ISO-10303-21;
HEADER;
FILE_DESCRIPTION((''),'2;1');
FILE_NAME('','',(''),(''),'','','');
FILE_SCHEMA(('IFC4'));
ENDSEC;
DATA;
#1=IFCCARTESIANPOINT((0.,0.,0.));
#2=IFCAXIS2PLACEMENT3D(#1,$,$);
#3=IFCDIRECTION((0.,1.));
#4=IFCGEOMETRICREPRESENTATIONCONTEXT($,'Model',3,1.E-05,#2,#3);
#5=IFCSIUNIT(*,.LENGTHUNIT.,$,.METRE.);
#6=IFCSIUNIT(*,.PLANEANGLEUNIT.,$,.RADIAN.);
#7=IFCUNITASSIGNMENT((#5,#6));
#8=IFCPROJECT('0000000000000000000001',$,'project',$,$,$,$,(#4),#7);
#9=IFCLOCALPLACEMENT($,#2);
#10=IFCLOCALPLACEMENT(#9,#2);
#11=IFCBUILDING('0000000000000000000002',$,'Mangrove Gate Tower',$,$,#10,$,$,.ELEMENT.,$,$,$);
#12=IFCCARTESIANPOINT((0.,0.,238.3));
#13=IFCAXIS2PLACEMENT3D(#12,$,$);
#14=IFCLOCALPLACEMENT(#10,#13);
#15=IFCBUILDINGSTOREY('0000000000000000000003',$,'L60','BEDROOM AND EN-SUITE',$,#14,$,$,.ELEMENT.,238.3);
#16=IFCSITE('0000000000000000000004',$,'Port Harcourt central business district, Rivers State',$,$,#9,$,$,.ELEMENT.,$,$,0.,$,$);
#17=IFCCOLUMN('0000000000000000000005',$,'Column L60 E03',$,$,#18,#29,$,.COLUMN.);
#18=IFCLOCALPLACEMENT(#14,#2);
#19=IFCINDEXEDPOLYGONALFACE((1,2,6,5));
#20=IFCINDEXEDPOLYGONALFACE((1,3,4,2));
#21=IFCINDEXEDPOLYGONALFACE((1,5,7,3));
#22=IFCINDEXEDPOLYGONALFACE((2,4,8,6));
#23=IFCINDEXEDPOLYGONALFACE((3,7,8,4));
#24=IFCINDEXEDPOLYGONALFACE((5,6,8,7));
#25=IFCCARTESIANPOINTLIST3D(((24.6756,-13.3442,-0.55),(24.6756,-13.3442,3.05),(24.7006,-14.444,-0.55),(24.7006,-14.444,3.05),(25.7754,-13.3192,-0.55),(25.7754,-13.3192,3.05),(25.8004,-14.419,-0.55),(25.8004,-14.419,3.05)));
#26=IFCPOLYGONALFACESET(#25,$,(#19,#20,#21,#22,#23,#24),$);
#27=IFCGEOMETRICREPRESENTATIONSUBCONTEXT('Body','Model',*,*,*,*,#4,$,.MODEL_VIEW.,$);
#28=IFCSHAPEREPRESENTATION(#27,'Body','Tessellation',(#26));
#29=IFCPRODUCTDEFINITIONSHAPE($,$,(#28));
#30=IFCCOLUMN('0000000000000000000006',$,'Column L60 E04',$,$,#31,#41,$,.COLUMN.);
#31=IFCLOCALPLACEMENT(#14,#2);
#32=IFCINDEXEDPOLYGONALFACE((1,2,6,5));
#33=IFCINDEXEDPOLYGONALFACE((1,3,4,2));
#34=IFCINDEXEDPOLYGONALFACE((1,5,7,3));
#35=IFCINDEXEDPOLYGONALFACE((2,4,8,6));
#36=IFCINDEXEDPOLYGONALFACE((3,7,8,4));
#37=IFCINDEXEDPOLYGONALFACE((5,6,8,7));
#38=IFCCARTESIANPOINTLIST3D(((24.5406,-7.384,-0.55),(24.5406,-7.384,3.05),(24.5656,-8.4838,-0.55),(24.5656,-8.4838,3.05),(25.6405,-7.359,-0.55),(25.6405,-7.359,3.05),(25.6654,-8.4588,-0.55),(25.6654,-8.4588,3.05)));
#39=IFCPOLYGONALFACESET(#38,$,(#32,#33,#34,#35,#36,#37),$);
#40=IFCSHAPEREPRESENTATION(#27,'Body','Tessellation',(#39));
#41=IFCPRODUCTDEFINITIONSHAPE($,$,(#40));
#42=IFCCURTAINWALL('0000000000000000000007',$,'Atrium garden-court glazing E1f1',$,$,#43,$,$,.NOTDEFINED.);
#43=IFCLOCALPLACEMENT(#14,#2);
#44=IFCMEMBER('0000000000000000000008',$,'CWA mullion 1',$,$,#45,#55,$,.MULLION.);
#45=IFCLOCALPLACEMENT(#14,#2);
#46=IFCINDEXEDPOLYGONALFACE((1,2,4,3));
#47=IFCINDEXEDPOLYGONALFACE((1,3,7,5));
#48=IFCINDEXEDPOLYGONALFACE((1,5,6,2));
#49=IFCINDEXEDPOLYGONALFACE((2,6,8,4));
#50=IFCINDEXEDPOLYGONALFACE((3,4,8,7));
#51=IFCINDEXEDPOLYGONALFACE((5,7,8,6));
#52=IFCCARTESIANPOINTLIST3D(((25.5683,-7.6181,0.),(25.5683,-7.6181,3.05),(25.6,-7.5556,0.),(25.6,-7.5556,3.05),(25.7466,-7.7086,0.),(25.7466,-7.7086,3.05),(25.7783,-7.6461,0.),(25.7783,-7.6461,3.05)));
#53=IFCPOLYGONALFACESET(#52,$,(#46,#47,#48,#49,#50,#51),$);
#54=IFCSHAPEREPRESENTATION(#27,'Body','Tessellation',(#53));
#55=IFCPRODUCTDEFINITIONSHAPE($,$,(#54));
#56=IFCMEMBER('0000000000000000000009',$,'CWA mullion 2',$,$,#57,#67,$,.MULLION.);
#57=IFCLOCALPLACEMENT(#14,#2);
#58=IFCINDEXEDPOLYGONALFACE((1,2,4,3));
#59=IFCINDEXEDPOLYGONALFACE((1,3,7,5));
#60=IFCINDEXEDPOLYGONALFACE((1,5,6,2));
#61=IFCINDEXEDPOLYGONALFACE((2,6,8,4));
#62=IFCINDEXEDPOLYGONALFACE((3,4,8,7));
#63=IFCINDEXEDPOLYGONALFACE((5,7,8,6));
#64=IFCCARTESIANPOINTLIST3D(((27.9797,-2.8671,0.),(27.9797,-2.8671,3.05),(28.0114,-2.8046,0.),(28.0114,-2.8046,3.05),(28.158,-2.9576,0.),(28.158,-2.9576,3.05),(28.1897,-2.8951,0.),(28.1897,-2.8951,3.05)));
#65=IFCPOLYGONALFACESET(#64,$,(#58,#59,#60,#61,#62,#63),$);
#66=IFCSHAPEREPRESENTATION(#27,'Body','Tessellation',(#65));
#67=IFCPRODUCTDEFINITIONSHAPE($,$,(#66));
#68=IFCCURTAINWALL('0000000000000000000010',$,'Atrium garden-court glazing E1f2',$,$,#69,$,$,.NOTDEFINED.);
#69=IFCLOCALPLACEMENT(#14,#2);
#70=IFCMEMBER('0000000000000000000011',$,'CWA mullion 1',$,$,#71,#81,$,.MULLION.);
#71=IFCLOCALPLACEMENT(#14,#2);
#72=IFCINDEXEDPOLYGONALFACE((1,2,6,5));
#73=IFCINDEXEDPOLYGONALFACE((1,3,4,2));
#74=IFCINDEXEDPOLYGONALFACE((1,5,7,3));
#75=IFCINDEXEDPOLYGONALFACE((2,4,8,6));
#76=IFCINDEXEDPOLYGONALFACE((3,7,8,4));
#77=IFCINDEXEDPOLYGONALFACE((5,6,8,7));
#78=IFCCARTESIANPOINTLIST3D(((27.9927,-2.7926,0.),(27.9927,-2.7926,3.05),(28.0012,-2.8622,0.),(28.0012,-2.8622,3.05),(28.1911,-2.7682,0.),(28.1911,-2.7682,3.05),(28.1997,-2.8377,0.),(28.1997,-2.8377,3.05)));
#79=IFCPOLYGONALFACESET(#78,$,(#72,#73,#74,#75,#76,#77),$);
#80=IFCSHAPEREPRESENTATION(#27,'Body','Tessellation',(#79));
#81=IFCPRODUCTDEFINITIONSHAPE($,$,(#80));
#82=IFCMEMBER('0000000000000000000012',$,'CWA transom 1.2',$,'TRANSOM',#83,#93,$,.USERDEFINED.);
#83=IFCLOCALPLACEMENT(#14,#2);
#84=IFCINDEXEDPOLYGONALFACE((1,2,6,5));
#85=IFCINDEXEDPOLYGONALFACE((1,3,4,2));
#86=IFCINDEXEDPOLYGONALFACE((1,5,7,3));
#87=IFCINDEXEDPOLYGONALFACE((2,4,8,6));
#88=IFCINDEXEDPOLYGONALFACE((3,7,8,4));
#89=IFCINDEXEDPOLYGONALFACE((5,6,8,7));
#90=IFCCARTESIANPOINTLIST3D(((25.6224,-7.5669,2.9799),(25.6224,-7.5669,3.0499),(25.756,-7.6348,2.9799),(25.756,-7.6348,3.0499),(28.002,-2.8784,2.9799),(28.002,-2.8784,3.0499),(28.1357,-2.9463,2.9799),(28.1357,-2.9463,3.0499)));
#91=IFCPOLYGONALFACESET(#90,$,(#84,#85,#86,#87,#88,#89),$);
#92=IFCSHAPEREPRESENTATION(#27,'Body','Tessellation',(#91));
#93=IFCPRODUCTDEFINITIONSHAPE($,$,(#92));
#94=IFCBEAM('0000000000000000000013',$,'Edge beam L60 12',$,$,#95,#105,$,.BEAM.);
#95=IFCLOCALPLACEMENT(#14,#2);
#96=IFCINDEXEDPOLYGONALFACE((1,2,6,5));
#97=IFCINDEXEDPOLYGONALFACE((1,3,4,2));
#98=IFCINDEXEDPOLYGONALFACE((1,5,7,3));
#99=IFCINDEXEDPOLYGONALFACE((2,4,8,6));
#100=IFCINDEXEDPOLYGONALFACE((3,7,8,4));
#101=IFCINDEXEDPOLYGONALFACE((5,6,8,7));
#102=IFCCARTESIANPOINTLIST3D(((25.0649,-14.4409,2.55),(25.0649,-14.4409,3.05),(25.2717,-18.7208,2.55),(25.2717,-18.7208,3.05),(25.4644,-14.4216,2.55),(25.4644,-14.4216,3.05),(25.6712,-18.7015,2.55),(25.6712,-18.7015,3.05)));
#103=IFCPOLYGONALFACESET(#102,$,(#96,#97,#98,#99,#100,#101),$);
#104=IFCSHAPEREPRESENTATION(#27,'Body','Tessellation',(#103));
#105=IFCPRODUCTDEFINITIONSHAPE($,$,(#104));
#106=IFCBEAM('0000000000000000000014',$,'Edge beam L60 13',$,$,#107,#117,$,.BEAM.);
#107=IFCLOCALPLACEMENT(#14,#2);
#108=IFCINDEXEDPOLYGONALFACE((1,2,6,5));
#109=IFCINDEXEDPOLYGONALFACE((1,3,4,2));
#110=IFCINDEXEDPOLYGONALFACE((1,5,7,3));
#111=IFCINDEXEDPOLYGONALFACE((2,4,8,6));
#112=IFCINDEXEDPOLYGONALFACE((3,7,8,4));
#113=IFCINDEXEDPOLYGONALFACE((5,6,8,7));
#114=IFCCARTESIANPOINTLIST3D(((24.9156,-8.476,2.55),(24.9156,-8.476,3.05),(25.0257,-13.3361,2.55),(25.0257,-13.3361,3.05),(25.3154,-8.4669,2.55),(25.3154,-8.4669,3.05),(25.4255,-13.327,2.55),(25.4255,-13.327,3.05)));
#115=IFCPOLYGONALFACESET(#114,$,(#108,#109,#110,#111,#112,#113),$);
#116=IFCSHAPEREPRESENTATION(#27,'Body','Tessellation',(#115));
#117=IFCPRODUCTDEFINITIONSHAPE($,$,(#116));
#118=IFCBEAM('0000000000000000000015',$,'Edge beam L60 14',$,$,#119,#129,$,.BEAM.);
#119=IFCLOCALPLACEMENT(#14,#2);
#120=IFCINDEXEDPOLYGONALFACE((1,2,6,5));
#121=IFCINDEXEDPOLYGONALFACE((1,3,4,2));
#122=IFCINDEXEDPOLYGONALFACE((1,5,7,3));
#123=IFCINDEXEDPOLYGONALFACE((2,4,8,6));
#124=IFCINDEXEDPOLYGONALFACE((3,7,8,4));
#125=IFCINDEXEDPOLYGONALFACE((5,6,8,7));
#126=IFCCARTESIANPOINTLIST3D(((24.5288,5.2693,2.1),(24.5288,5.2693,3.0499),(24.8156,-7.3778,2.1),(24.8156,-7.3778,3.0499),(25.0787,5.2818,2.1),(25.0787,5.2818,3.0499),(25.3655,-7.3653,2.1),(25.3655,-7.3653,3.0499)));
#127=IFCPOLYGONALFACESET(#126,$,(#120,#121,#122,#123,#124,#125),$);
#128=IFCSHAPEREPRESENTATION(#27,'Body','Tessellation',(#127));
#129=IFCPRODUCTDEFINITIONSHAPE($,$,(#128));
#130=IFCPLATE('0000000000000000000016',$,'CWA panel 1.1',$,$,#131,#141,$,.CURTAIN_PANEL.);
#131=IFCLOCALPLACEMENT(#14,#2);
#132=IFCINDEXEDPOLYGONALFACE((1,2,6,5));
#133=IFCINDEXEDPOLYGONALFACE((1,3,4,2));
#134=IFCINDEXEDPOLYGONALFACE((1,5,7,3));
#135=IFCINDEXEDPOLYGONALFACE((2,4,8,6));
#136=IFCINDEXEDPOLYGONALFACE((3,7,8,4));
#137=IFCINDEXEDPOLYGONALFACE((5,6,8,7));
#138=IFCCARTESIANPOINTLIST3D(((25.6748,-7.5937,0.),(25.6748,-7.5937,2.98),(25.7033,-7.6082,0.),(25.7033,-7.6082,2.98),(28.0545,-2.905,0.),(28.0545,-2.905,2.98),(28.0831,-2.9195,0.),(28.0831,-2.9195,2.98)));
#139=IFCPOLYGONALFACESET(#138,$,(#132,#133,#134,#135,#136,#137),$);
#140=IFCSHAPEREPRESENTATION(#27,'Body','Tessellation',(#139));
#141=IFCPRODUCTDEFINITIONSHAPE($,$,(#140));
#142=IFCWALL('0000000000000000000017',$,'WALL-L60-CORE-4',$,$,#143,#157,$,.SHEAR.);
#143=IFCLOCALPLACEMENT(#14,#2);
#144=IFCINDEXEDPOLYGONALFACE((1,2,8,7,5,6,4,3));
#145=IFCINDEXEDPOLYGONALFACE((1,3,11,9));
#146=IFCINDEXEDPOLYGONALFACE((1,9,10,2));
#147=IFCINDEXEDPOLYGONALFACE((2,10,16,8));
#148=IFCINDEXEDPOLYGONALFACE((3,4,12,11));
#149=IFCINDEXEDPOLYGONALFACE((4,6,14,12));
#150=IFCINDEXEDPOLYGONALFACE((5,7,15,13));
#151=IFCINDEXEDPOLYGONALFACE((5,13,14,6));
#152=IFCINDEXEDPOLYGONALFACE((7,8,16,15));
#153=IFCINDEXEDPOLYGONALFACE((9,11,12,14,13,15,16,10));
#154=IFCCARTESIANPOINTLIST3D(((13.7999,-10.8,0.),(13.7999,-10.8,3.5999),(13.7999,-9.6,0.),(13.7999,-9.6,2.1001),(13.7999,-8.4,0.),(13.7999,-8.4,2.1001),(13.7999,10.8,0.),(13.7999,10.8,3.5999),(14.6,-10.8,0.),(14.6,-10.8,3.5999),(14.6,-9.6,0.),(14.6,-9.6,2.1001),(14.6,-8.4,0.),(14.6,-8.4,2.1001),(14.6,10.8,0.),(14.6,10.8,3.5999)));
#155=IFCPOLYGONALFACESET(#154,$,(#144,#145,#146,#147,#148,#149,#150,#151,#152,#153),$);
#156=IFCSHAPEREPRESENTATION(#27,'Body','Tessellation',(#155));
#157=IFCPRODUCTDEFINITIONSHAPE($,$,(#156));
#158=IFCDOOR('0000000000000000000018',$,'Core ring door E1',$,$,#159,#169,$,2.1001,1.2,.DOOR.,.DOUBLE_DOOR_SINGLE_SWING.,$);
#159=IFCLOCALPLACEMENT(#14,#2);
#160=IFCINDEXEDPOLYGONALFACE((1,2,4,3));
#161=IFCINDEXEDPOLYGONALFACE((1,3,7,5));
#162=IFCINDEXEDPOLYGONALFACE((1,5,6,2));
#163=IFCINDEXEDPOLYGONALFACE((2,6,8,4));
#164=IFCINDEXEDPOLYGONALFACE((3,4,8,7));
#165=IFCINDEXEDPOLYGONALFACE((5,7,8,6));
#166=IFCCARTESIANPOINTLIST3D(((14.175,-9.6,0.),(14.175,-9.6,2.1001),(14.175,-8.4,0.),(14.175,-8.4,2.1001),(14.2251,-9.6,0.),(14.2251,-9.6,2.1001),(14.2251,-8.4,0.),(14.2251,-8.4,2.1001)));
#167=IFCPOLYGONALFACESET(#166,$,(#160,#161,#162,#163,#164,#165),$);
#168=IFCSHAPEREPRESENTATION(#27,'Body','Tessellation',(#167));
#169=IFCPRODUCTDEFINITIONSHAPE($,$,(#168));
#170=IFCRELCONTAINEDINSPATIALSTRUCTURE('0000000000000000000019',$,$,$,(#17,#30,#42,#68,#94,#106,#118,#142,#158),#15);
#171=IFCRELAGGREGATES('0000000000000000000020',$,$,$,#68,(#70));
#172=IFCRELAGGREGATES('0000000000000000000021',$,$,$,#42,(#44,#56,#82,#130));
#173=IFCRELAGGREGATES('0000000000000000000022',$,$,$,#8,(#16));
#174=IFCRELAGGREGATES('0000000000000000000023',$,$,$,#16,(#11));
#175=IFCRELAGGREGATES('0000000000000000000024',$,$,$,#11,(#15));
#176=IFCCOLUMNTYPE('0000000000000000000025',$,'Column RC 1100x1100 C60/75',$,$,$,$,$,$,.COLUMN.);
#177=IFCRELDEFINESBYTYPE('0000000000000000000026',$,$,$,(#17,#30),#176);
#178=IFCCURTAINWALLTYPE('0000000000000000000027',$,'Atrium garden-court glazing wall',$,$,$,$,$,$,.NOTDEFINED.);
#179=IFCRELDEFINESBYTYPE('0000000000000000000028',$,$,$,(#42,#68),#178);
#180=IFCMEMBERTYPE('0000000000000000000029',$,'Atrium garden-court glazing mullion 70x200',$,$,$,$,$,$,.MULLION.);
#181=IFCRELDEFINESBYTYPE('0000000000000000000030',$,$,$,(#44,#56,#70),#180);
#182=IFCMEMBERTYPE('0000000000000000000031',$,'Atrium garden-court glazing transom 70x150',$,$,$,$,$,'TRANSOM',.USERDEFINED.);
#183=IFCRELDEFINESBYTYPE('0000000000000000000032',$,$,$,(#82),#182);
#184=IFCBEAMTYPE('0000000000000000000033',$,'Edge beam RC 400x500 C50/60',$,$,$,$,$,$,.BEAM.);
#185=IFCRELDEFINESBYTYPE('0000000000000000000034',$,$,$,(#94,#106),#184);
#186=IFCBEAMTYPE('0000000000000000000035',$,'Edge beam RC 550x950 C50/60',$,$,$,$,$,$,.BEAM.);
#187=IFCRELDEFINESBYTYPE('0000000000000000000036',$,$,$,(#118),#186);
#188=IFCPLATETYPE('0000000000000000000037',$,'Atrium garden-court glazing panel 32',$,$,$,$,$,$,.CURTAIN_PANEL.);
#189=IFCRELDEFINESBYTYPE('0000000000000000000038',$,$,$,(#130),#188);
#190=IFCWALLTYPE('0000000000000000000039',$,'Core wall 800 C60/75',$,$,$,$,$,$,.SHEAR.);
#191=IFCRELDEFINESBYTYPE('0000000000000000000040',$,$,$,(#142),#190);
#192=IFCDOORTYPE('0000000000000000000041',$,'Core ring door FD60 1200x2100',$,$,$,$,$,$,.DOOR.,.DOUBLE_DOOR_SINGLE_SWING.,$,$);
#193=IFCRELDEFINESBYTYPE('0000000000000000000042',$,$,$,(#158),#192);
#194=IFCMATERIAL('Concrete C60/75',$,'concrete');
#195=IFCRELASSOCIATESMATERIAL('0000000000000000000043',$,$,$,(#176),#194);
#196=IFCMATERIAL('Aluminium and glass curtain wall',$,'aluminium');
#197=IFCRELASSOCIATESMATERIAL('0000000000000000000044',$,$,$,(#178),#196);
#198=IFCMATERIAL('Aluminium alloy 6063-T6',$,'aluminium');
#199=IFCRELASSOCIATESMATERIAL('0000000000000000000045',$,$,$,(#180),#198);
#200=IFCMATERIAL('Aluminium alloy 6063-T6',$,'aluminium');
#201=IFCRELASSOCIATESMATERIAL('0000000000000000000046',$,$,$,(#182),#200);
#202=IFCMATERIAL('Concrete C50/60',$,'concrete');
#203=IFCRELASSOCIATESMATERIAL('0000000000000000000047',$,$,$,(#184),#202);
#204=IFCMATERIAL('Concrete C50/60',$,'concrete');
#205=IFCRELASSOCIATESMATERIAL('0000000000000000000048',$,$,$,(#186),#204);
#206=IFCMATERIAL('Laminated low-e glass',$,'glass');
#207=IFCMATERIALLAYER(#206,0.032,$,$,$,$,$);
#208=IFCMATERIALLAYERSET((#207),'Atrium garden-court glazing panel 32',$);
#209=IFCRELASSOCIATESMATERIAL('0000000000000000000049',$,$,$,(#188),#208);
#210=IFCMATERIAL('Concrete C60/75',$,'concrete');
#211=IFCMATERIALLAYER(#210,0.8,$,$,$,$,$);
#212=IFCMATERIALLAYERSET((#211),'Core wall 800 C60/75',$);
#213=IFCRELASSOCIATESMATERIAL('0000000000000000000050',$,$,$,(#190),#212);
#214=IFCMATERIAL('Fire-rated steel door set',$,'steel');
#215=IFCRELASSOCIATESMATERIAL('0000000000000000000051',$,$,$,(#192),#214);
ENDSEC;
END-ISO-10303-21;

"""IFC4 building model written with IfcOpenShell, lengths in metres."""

from ifc_helpers import new_model, si_unit, direction, frame, frame_2d, origin, origin_2d, place, context, subcontext, project, spatial, rectangle, extrude, material, layer, layer_set, material_profile, profile_set, type_object, element, fill, aggregate, save


model = new_model("IFC4")

# Units and contexts
model_context = context("Model", 3, precision=1e-05, world=origin(), true_north=direction((0.0, 1.0)))
body_context = subcontext(model_context, "Body", "Model", "MODEL_VIEW")
ifc_project = project(units=[si_unit("LENGTHUNIT", "METRE"), si_unit("PLANEANGLEUNIT", "RADIAN")], contexts=[model_context])

# Site, building, storey
site_placement = place(None, origin())
site = spatial("IfcSite", under=ifc_project, at=site_placement, Name="Port Harcourt central business district, Rivers State", CompositionType="ELEMENT", RefElevation=0.0)
building_placement = place(site_placement, origin())
building = spatial("IfcBuilding", under=site, at=building_placement, Name="Mangrove Gate Tower", CompositionType="ELEMENT")
storey_placement = place(building_placement, frame((0.0, 0.0, 238.3)))
storey = spatial("IfcBuildingStorey", under=building, at=storey_placement, Name="L60", Description="BEDROOM AND EN-SUITE", CompositionType="ELEMENT", Elevation=238.3)

# Columns
ifc_material_1 = material(Name="Concrete C60/75", Category="concrete")
ifc_material_profile_1 = material_profile(ifc_material_1, rectangle(XDim=1.1001, YDim=1.1001, at=origin_2d()))
ifc_profile_set_1 = profile_set([ifc_material_profile_1], Name="Concrete C60/75")
column_type = type_object("IfcColumnType", Name="Column RC 1100x1100 C60/75", PredefinedType="COLUMN", material=ifc_profile_set_1)
for number, where, z_axis, x_axis, name in (
    (1, (25.238, -13.8816, -0.55), (0.0, 0.0, 1.0), (-0.022727, 0.999742, 0.0), "Column L60 E03"),
    (2, (25.103, -7.9214, -0.55), (0.0, 0.0, 1.0), (-0.022676, 0.999743, 0.0), "Column L60 E04"),
):
    element("IfcColumn", number, at=place(storey_placement, frame(where, z_axis=z_axis, x_axis=x_axis)), inside=storey, type_object=column_type, Name=name, PredefinedType="COLUMN", context=body_context, shape_type="SweptSolid", body=[
        extrude(rectangle(XDim=1.1001, YDim=1.1001, at=origin_2d()), origin(), (0.0, 0.0, 1.0), 3.6001),
    ])

# Curtain wall, members
ifc_material_2 = material(Name="Aluminium and glass curtain wall", Category="aluminium")
curtain_wall_type = type_object("IfcCurtainWallType", Name="Atrium garden-court glazing wall", PredefinedType="NOTDEFINED", material=ifc_material_2)
curtain_wall_1_placement = place(storey_placement, origin())
curtain_wall_1 = element("IfcCurtainWall", 3, at=curtain_wall_1_placement, inside=storey, type_object=curtain_wall_type, Name="Atrium garden-court glazing E1f1", PredefinedType="NOTDEFINED")
ifc_material_3 = material(Name="Aluminium alloy 6063-T6", Category="aluminium")
ifc_material_profile_2 = material_profile(ifc_material_3, rectangle(XDim=0.0701, YDim=0.2, at=origin_2d()))
ifc_profile_set_2 = profile_set([ifc_material_profile_2], Name="Aluminium alloy 6063-T6")
member_type_1 = type_object("IfcMemberType", Name="Atrium garden-court glazing mullion 70x200", PredefinedType="MULLION", material=ifc_profile_set_2)
member_1_placement = place(storey_placement, frame((25.6733, -7.6321, 0.0), z_axis=(0.0, 0.0, 1.0), x_axis=(0.452598, 0.891715, 0.0)))
member_1 = element("IfcMember", 4, at=member_1_placement, type_object=member_type_1, Name="CWA mullion 1", PredefinedType="MULLION", context=body_context, shape_type="SweptSolid", body=[
    extrude(rectangle(XDim=0.0701, YDim=0.2, at=origin_2d()), origin(), (0.0, 0.0, 1.0), 3.05),
])
member_2_placement = place(storey_placement, frame((28.0847, -2.8811, 0.0), z_axis=(0.0, 0.0, 1.0), x_axis=(0.452598, 0.891715, 0.0)))
member_2 = element("IfcMember", 5, at=member_2_placement, type_object=member_type_1, Name="CWA mullion 2", PredefinedType="MULLION", context=body_context, shape_type="SweptSolid", body=[
    extrude(rectangle(XDim=0.0701, YDim=0.2, at=origin_2d()), origin(), (0.0, 0.0, 1.0), 3.05),
])

# Curtain wall, member
curtain_wall_2_placement = place(storey_placement, origin())
curtain_wall_2 = element("IfcCurtainWall", 6, at=curtain_wall_2_placement, inside=storey, type_object=curtain_wall_type, Name="Atrium garden-court glazing E1f2", PredefinedType="NOTDEFINED")
member_3_placement = place(storey_placement, frame((28.0962, -2.8152, 0.0), z_axis=(0.0, 0.0, 1.0), x_axis=(-0.122172, 0.992509, 0.0)))
member_3 = element("IfcMember", 7, at=member_3_placement, type_object=member_type_1, Name="CWA mullion 1", PredefinedType="MULLION", context=body_context, shape_type="SweptSolid", body=[
    extrude(rectangle(XDim=0.0701, YDim=0.2, at=origin_2d()), origin(), (0.0, 0.0, 1.0), 3.05),
])
aggregate(curtain_wall_2, [member_3])

# Member
ifc_material_4 = material(Name="Aluminium alloy 6063-T6", Category="aluminium")
ifc_material_profile_3 = material_profile(ifc_material_4, rectangle(XDim=0.0701, YDim=0.1499, at=origin_2d()))
ifc_profile_set_3 = profile_set([ifc_material_profile_3], Name="Aluminium alloy 6063-T6")
member_type_2 = type_object("IfcMemberType", Name="Atrium garden-court glazing transom 70x150", ElementType="TRANSOM", PredefinedType="USERDEFINED", material=ifc_profile_set_3)
member_4_placement = place(storey_placement, frame((25.6892, -7.6008, 3.0149), z_axis=(0.452592, 0.891718, 0.0), x_axis=(0.0, 0.0, 1.0)))
member_4 = element("IfcMember", 8, at=member_4_placement, type_object=member_type_2, Name="CWA transom 1.2", ObjectType="TRANSOM", PredefinedType="USERDEFINED", context=body_context, shape_type="SweptSolid", body=[
    extrude(rectangle(XDim=0.0701, YDim=0.1499, at=origin_2d()), origin(), (0.0, 0.0, 1.0), 5.2578),
])

# Beams
ifc_material_5 = material(Name="Concrete C50/60", Category="concrete")
ifc_material_profile_4 = material_profile(ifc_material_5, rectangle(XDim=0.3999, YDim=0.5, at=origin_2d()))
ifc_profile_set_4 = profile_set([ifc_material_profile_4], Name="Concrete C50/60")
beam_type_1 = type_object("IfcBeamType", Name="Edge beam RC 400x500 C50/60", PredefinedType="BEAM", material=ifc_profile_set_4)
beam_1_placement = place(storey_placement, frame((25.4714, -18.7112, 2.8), z_axis=(-0.048258, 0.998835, 0.0), x_axis=(-0.998835, -0.048258, 0.0)))
element("IfcBeam", 9, at=beam_1_placement, inside=storey, type_object=beam_type_1, Name="Edge beam L60 12", PredefinedType="BEAM", context=body_context, shape_type="SweptSolid", body=[
    extrude(rectangle(XDim=0.3999, YDim=0.5, at=origin_2d()), origin(), (0.0, 0.0, 1.0), 4.2849),
])
beam_2_placement = place(storey_placement, frame((25.2256, -13.3315, 2.8), z_axis=(-0.02265, 0.999743, 0.0), x_axis=(-0.999743, -0.02265, 0.0)))
element("IfcBeam", 10, at=beam_2_placement, inside=storey, type_object=beam_type_1, Name="Edge beam L60 13", PredefinedType="BEAM", context=body_context, shape_type="SweptSolid", body=[
    extrude(rectangle(XDim=0.3999, YDim=0.5, at=origin_2d()), origin(), (0.0, 0.0, 1.0), 4.8613),
])
ifc_material_6 = material(Name="Concrete C50/60", Category="concrete")
ifc_material_profile_5 = material_profile(ifc_material_6, rectangle(XDim=0.55, YDim=0.95, at=origin_2d()))
ifc_profile_set_5 = profile_set([ifc_material_profile_5], Name="Concrete C50/60")
beam_type_2 = type_object("IfcBeamType", Name="Edge beam RC 550x950 C50/60", PredefinedType="BEAM", material=ifc_profile_set_5)
beam_3_placement = place(storey_placement, frame((25.0906, -7.3716, 2.575), z_axis=(-0.022676, 0.999743, 0.0), x_axis=(-0.999743, -0.022676, 0.0)))
element("IfcBeam", 11, at=beam_3_placement, inside=storey, type_object=beam_type_2, Name="Edge beam L60 14", PredefinedType="BEAM", context=body_context, shape_type="SweptSolid", body=[
    extrude(rectangle(XDim=0.55, YDim=0.95, at=origin_2d()), origin(), (0.0, 0.0, 1.0), 12.6504),
])

# Plate
ifc_material_7 = material(Name="Laminated low-e glass", Category="glass")
ifc_layer_1 = layer(ifc_material_7, 0.032)
ifc_layer_set_1 = layer_set([ifc_layer_1], Name="Atrium garden-court glazing panel 32")
plate_type = type_object("IfcPlateType", Name="Atrium garden-court glazing panel 32", PredefinedType="CURTAIN_PANEL", material=ifc_layer_set_1)
plate_placement = place(storey_placement, frame((26.8789, -5.2566, 0.0), z_axis=(0.0, 0.0, 1.0), x_axis=(0.452598, 0.891715, 0.0)))
plate = element("IfcPlate", 12, at=plate_placement, type_object=plate_type, Name="CWA panel 1.1", PredefinedType="CURTAIN_PANEL", context=body_context, shape_type="SweptSolid", body=[
    extrude(rectangle(XDim=5.2581, YDim=0.032, at=origin_2d()), origin(), (0.0, 0.0, 1.0), 2.98),
])
aggregate(curtain_wall_1, [member_1, member_2, member_4, plate])

# Wall, opening, door
ifc_material_8 = material(Name="Concrete C60/75", Category="concrete")
ifc_layer_2 = layer(ifc_material_8, 0.8)
ifc_layer_set_2 = layer_set([ifc_layer_2], Name="Core wall 800 C60/75")
wall_type_1 = type_object("IfcWallType", Name="Core wall 800 C60/75", PredefinedType="SHEAR", material=ifc_layer_set_2)
wall_1_placement = place(storey_placement, frame((14.2, -10.8, 0.0), z_axis=(0.0, 0.0, 1.0), x_axis=(0.0, 1.0, 0.0)))
wall_1 = element("IfcWall", 13, at=wall_1_placement, inside=storey, type_object=wall_type_1, Name="WALL-L60-CORE-4", PredefinedType="SHEAR", context=body_context, shape_type="SweptSolid", body=[
    extrude(rectangle(XDim=21.6001, YDim=0.8, at=frame_2d((10.8, 0.0))), origin(), (0.0, 0.0, 1.0), 3.5999),
])
opening_1_placement = place(wall_1_placement, frame((1.2, 0.0, 0.0)))
opening_1 = element("IfcOpeningElement", 14, at=opening_1_placement, cuts=wall_1, PredefinedType="OPENING", context=body_context, shape_type="SweptSolid", body=[
    extrude(rectangle(XDim=1.2, YDim=2.1001, at=frame_2d((0.6001, 1.05))), frame((0.0, 0.4099, 0.0), z_axis=(0.0, -1.0, 0.0), x_axis=(1.0, 0.0, 0.0)), (0.0, 0.0, 1.0), 0.8201),
])
ifc_material_9 = material(Name="Fire-rated steel door set", Category="steel")
door_type_1 = type_object("IfcDoorType", Name="Core ring door FD60 1200x2100", OperationType="DOUBLE_DOOR_SINGLE_SWING", PredefinedType="DOOR", material=ifc_material_9)
door_1_placement = place(opening_1_placement, origin())
door_1 = element("IfcDoor", 15, at=door_1_placement, inside=storey, type_object=door_type_1, Name="Core ring door E1", OperationType="DOUBLE_DOOR_SINGLE_SWING", OverallHeight=2.1001, OverallWidth=1.2, PredefinedType="DOOR", context=body_context, shape_type="SweptSolid", body=[
    extrude(rectangle(XDim=1.2, YDim=2.1001, at=frame_2d((0.6001, 1.05))), frame((0.0, 0.0249, 0.0), z_axis=(0.0, -1.0, 0.0), x_axis=(1.0, 0.0, 0.0)), (0.0, 0.0, 1.0), 0.05),
])
fill(opening_1, door_1)

save(model, "model.ifc")
